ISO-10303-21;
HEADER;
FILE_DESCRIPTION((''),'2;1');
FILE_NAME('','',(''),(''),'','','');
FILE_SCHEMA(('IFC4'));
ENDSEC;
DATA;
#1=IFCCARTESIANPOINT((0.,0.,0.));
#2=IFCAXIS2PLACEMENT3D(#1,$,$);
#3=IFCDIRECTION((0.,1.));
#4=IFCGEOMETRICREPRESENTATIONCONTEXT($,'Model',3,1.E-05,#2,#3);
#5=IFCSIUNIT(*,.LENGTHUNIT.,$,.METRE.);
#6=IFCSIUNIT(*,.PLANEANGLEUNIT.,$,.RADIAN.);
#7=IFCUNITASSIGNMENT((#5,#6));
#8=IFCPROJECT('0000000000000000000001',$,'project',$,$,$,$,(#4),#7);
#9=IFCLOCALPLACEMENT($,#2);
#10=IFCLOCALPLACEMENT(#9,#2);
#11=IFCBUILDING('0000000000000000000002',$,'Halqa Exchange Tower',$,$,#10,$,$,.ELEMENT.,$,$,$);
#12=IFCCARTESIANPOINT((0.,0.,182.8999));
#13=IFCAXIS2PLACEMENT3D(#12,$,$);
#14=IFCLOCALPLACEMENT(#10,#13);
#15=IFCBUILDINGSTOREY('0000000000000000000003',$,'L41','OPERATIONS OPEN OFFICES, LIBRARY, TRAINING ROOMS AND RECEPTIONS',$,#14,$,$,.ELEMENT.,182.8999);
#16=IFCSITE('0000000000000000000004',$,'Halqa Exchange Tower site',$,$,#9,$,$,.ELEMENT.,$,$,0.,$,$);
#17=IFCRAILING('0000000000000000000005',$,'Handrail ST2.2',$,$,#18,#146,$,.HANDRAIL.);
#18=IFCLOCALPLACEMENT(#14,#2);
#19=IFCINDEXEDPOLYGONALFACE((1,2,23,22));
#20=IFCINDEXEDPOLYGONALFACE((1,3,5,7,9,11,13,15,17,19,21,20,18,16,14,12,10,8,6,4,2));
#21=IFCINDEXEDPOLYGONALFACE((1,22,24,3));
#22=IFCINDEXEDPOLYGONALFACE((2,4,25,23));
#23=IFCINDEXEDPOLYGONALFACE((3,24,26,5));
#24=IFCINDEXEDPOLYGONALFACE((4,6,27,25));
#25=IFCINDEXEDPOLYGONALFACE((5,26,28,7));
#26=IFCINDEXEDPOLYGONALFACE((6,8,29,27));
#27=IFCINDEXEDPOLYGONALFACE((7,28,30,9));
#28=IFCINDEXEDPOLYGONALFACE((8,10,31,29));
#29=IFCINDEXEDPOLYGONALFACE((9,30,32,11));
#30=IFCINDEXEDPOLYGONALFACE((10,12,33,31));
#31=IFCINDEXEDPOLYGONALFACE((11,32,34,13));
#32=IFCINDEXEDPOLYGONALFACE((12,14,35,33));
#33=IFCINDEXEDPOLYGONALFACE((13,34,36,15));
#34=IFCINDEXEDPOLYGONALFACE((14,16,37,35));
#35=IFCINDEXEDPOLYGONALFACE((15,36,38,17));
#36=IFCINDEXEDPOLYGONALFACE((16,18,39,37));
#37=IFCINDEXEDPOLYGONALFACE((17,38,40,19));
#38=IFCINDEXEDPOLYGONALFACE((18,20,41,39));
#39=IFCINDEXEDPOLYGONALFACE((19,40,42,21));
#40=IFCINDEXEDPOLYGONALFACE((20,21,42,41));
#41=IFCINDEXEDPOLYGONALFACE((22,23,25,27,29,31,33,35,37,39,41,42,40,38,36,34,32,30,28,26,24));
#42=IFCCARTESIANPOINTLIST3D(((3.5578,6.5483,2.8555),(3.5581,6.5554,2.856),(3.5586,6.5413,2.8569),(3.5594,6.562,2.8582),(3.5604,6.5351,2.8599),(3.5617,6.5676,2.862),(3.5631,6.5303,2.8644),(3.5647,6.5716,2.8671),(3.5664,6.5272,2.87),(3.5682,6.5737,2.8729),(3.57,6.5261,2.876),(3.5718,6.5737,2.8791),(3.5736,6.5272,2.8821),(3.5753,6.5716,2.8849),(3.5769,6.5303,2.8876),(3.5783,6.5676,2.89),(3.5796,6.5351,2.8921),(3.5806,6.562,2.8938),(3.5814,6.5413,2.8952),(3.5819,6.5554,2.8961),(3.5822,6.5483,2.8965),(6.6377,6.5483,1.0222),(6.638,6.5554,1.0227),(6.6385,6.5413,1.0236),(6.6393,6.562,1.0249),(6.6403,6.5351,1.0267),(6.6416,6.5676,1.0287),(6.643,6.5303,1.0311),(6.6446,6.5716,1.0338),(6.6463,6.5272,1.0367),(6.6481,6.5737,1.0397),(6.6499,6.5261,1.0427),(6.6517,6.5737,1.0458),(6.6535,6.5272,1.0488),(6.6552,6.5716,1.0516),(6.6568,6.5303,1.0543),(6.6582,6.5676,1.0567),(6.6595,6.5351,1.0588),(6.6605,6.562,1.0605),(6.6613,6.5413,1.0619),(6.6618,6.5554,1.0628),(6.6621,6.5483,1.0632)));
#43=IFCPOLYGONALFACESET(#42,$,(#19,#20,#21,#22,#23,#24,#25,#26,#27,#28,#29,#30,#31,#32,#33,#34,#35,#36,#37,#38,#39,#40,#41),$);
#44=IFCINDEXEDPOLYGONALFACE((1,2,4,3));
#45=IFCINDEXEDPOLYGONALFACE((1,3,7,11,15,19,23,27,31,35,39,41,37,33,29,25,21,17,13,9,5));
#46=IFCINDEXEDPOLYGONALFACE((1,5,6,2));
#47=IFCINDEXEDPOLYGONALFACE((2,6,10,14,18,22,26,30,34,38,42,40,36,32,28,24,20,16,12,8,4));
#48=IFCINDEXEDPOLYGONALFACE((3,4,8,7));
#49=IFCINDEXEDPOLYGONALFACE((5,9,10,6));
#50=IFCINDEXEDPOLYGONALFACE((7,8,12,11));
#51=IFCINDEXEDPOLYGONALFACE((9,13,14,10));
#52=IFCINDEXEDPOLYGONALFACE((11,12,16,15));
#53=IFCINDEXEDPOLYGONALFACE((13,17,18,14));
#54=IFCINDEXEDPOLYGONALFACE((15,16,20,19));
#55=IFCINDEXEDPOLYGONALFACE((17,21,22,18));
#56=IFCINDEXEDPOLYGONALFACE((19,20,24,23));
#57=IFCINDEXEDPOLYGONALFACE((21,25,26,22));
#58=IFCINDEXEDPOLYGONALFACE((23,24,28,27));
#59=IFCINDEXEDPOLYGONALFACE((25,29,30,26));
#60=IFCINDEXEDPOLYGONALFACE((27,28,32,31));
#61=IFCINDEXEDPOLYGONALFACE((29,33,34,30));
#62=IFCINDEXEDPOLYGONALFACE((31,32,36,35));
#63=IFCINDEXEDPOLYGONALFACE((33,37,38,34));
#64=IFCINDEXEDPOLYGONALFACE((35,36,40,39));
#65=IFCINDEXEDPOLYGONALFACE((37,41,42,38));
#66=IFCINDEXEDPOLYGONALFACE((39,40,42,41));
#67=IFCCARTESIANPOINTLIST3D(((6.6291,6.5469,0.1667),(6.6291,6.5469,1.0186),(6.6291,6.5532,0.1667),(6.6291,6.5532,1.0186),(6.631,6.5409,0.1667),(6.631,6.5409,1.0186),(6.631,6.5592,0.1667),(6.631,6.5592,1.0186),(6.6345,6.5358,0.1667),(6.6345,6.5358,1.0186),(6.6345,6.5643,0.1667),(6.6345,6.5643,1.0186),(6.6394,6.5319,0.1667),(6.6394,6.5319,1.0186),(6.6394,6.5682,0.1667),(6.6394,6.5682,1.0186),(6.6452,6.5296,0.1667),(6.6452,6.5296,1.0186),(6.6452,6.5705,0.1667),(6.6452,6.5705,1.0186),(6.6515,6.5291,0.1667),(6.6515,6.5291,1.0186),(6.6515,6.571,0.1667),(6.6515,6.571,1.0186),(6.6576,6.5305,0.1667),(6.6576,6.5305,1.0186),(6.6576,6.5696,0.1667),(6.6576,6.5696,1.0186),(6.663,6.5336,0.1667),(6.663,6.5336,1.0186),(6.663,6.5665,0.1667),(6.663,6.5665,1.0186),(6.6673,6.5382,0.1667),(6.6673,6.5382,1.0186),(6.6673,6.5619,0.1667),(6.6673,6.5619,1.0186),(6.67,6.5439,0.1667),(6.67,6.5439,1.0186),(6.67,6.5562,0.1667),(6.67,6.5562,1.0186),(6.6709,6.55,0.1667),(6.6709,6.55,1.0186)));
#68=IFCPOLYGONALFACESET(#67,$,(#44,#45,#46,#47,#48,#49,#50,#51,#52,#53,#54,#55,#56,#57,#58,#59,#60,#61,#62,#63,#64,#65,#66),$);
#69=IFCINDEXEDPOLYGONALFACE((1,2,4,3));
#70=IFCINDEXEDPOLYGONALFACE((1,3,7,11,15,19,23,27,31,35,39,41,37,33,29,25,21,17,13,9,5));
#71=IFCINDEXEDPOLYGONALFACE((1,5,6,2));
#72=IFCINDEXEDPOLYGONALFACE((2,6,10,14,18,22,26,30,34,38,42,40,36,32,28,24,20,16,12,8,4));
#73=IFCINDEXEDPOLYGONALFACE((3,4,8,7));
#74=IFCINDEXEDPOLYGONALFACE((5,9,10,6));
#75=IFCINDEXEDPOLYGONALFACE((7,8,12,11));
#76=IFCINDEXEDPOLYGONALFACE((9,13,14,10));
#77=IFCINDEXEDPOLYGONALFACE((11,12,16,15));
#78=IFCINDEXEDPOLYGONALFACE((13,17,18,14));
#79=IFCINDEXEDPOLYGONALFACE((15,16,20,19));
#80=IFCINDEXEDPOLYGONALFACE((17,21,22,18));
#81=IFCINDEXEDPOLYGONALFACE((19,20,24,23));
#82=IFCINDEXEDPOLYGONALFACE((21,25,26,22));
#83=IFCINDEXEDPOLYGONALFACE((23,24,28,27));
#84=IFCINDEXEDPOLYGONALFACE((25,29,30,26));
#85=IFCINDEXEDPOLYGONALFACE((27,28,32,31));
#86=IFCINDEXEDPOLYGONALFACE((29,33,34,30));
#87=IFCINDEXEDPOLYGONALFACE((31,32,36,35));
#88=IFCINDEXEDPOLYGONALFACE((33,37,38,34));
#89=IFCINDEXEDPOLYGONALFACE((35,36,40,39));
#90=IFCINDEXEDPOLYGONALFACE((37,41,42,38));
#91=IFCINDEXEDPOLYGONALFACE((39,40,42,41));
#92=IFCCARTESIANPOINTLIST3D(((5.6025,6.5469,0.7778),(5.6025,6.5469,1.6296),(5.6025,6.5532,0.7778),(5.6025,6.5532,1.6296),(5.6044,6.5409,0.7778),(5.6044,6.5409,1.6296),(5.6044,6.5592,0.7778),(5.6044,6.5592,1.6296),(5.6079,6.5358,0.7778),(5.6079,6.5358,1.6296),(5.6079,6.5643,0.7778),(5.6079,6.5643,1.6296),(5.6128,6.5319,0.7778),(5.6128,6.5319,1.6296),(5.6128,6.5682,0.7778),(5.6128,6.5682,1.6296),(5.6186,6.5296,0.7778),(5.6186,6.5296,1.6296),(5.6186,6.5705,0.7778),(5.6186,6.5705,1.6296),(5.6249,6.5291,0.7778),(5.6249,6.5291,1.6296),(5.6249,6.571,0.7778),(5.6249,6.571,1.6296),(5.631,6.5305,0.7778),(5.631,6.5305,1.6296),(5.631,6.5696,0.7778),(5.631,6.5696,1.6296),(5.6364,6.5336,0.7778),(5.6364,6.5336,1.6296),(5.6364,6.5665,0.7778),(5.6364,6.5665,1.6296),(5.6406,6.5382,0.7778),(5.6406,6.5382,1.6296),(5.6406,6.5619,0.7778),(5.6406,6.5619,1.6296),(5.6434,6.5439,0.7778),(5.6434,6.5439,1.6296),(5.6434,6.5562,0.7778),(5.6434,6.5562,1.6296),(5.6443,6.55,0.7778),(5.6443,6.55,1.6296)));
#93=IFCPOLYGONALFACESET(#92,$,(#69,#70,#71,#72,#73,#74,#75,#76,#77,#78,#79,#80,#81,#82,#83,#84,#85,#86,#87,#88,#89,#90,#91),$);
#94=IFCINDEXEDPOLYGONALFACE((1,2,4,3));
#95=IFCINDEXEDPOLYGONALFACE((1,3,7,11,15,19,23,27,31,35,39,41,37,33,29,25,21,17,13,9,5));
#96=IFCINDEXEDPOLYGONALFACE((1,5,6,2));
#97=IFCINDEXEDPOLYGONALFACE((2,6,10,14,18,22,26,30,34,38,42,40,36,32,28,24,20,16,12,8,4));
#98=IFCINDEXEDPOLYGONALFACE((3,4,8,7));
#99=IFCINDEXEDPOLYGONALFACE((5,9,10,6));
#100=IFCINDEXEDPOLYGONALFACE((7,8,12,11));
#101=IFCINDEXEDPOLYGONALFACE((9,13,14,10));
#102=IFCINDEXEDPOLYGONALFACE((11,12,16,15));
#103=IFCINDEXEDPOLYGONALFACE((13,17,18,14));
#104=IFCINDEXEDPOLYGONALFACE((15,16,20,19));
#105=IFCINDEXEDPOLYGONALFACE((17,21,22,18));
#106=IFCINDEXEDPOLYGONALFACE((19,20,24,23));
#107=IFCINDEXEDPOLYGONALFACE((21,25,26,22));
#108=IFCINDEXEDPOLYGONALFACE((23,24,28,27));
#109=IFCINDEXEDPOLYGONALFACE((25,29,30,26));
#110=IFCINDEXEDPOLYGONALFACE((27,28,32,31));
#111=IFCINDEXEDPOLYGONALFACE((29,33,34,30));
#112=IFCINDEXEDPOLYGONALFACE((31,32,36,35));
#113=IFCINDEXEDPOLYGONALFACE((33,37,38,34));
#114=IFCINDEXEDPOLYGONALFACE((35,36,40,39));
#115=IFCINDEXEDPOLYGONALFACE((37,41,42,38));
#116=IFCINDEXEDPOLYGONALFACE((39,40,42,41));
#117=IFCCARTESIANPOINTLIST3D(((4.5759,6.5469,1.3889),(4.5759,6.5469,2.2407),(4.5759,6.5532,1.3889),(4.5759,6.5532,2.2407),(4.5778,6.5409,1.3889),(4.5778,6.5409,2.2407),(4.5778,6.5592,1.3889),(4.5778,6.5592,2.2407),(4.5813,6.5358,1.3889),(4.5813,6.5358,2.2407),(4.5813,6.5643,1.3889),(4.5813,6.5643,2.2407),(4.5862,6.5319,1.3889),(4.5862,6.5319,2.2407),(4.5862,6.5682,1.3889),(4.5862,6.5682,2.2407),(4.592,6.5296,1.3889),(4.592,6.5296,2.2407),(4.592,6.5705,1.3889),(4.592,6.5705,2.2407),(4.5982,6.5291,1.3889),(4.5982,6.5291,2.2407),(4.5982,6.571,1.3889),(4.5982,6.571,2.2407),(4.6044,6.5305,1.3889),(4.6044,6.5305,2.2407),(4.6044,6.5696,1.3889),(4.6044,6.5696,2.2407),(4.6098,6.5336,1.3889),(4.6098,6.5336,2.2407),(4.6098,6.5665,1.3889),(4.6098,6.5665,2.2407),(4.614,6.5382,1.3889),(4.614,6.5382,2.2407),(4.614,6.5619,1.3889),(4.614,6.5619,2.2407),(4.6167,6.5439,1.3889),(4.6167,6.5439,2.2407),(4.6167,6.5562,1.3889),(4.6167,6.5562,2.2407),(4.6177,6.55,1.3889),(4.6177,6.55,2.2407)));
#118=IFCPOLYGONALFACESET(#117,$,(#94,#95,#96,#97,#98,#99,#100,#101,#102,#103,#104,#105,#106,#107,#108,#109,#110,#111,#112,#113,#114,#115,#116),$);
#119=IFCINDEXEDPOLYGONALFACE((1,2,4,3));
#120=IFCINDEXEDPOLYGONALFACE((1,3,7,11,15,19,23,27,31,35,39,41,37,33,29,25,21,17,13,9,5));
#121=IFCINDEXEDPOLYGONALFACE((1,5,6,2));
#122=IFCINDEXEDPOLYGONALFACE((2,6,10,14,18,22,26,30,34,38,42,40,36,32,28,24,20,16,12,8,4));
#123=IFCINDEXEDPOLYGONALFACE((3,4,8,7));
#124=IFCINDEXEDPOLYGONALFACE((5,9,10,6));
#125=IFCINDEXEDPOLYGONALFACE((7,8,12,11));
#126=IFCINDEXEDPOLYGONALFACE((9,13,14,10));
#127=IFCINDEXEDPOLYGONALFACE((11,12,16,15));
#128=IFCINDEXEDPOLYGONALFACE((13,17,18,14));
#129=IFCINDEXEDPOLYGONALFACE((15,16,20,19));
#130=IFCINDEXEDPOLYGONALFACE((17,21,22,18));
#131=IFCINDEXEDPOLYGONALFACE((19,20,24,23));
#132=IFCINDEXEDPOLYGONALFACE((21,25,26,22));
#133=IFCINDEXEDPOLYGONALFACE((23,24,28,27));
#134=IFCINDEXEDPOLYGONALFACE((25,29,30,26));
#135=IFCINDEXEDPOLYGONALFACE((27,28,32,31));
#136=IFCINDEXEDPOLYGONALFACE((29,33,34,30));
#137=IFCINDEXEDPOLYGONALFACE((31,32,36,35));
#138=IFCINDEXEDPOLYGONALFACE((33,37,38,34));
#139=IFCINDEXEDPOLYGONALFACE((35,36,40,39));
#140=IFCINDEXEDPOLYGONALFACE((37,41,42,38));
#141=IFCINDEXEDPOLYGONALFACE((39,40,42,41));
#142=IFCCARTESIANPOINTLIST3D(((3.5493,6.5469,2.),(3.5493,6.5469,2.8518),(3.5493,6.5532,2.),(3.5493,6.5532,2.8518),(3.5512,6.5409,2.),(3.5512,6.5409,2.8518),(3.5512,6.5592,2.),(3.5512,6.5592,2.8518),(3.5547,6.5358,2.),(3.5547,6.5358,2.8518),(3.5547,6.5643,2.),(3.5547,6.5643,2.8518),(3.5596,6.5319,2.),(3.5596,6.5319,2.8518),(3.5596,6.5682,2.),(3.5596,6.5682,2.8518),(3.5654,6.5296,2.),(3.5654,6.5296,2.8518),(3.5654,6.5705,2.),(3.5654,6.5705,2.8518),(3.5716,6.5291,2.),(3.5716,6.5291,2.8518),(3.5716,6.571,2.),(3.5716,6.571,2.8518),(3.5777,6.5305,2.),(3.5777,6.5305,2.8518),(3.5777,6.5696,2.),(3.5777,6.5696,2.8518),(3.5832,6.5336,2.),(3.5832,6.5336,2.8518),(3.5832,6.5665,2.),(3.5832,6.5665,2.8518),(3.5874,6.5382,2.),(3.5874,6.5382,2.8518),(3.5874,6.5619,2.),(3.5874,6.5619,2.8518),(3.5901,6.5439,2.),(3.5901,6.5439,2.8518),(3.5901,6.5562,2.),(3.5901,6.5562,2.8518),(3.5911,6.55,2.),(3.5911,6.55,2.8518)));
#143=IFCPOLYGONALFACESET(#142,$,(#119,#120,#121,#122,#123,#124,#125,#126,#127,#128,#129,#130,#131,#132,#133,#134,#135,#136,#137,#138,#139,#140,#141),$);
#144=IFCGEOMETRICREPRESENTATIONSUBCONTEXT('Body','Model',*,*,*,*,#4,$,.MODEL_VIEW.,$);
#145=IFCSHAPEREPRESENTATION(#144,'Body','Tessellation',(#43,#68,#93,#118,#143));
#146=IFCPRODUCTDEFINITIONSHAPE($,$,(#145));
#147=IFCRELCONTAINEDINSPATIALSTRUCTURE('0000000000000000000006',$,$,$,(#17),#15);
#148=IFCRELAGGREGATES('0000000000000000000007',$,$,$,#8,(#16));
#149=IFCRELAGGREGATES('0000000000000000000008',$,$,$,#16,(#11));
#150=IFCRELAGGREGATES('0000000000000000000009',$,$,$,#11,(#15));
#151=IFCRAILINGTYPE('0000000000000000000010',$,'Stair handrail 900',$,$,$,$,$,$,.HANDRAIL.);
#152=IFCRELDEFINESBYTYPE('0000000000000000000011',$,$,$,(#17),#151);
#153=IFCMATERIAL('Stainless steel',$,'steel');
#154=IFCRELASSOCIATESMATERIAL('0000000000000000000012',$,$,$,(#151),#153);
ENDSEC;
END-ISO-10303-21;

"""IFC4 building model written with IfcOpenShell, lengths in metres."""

from ifc_helpers import new_model, si_unit, direction, frame, origin, origin_2d, place, context, subcontext, project, spatial, circle, extrude, material, type_object, element, save


model = new_model("IFC4")

# Units and contexts
model_context = context("Model", 3, precision=1e-05, world=origin(), true_north=direction((0.0, 1.0)))
body_context = subcontext(model_context, "Body", "Model", "MODEL_VIEW")
ifc_project = project(units=[si_unit("LENGTHUNIT", "METRE"), si_unit("PLANEANGLEUNIT", "RADIAN")], contexts=[model_context])

# Site, building, storey
site_placement = place(None, origin())
site = spatial("IfcSite", under=ifc_project, at=site_placement, Name="Halqa Exchange Tower site", CompositionType="ELEMENT", RefElevation=0.0)
building_placement = place(site_placement, origin())
building = spatial("IfcBuilding", under=site, at=building_placement, Name="Halqa Exchange Tower", CompositionType="ELEMENT")
storey_placement = place(building_placement, frame((0.0, 0.0, 182.8999)))
storey = spatial("IfcBuildingStorey", under=building, at=storey_placement, Name="L41", Description="OPERATIONS OPEN OFFICES, LIBRARY, TRAINING ROOMS AND RECEPTIONS", CompositionType="ELEMENT", Elevation=182.8999)

# Railing
ifc_material_1 = material(Name="Stainless steel", Category="steel")
railing_type_1 = type_object("IfcRailingType", Name="Stair handrail 900", PredefinedType="HANDRAIL", material=ifc_material_1)
railing_1_placement = place(storey_placement, frame((6.6499, 6.55, 0.1667)))
element("IfcRailing", 1, at=railing_1_placement, inside=storey, type_object=railing_type_1, Name="Handrail ST2.2", PredefinedType="HANDRAIL", context=body_context, shape_type="SweptSolid", body=[
    extrude(circle(Radius=0.0239, at=origin_2d()), frame((0.0, 0.0, 0.876), z_axis=(-0.859291, 0.0, 0.511487), x_axis=(0.0, -1.0, 0.0)), (0.0, 0.0, 1.0), 3.5842),
    extrude(circle(Radius=0.021, at=origin_2d()), origin(), (0.0, 0.0, 1.0), 0.8518),
    extrude(circle(Radius=0.021, at=origin_2d()), frame((-1.0266, 0.0, 0.6111)), (0.0, 0.0, 1.0), 0.8518),
    extrude(circle(Radius=0.021, at=origin_2d()), frame((-2.0532, 0.0, 1.2222)), (0.0, 0.0, 1.0), 0.8518),
    extrude(circle(Radius=0.021, at=origin_2d()), frame((-3.0798, 0.0, 1.8333)), (0.0, 0.0, 1.0), 0.8518),
])

save(model, "model.ifc")
